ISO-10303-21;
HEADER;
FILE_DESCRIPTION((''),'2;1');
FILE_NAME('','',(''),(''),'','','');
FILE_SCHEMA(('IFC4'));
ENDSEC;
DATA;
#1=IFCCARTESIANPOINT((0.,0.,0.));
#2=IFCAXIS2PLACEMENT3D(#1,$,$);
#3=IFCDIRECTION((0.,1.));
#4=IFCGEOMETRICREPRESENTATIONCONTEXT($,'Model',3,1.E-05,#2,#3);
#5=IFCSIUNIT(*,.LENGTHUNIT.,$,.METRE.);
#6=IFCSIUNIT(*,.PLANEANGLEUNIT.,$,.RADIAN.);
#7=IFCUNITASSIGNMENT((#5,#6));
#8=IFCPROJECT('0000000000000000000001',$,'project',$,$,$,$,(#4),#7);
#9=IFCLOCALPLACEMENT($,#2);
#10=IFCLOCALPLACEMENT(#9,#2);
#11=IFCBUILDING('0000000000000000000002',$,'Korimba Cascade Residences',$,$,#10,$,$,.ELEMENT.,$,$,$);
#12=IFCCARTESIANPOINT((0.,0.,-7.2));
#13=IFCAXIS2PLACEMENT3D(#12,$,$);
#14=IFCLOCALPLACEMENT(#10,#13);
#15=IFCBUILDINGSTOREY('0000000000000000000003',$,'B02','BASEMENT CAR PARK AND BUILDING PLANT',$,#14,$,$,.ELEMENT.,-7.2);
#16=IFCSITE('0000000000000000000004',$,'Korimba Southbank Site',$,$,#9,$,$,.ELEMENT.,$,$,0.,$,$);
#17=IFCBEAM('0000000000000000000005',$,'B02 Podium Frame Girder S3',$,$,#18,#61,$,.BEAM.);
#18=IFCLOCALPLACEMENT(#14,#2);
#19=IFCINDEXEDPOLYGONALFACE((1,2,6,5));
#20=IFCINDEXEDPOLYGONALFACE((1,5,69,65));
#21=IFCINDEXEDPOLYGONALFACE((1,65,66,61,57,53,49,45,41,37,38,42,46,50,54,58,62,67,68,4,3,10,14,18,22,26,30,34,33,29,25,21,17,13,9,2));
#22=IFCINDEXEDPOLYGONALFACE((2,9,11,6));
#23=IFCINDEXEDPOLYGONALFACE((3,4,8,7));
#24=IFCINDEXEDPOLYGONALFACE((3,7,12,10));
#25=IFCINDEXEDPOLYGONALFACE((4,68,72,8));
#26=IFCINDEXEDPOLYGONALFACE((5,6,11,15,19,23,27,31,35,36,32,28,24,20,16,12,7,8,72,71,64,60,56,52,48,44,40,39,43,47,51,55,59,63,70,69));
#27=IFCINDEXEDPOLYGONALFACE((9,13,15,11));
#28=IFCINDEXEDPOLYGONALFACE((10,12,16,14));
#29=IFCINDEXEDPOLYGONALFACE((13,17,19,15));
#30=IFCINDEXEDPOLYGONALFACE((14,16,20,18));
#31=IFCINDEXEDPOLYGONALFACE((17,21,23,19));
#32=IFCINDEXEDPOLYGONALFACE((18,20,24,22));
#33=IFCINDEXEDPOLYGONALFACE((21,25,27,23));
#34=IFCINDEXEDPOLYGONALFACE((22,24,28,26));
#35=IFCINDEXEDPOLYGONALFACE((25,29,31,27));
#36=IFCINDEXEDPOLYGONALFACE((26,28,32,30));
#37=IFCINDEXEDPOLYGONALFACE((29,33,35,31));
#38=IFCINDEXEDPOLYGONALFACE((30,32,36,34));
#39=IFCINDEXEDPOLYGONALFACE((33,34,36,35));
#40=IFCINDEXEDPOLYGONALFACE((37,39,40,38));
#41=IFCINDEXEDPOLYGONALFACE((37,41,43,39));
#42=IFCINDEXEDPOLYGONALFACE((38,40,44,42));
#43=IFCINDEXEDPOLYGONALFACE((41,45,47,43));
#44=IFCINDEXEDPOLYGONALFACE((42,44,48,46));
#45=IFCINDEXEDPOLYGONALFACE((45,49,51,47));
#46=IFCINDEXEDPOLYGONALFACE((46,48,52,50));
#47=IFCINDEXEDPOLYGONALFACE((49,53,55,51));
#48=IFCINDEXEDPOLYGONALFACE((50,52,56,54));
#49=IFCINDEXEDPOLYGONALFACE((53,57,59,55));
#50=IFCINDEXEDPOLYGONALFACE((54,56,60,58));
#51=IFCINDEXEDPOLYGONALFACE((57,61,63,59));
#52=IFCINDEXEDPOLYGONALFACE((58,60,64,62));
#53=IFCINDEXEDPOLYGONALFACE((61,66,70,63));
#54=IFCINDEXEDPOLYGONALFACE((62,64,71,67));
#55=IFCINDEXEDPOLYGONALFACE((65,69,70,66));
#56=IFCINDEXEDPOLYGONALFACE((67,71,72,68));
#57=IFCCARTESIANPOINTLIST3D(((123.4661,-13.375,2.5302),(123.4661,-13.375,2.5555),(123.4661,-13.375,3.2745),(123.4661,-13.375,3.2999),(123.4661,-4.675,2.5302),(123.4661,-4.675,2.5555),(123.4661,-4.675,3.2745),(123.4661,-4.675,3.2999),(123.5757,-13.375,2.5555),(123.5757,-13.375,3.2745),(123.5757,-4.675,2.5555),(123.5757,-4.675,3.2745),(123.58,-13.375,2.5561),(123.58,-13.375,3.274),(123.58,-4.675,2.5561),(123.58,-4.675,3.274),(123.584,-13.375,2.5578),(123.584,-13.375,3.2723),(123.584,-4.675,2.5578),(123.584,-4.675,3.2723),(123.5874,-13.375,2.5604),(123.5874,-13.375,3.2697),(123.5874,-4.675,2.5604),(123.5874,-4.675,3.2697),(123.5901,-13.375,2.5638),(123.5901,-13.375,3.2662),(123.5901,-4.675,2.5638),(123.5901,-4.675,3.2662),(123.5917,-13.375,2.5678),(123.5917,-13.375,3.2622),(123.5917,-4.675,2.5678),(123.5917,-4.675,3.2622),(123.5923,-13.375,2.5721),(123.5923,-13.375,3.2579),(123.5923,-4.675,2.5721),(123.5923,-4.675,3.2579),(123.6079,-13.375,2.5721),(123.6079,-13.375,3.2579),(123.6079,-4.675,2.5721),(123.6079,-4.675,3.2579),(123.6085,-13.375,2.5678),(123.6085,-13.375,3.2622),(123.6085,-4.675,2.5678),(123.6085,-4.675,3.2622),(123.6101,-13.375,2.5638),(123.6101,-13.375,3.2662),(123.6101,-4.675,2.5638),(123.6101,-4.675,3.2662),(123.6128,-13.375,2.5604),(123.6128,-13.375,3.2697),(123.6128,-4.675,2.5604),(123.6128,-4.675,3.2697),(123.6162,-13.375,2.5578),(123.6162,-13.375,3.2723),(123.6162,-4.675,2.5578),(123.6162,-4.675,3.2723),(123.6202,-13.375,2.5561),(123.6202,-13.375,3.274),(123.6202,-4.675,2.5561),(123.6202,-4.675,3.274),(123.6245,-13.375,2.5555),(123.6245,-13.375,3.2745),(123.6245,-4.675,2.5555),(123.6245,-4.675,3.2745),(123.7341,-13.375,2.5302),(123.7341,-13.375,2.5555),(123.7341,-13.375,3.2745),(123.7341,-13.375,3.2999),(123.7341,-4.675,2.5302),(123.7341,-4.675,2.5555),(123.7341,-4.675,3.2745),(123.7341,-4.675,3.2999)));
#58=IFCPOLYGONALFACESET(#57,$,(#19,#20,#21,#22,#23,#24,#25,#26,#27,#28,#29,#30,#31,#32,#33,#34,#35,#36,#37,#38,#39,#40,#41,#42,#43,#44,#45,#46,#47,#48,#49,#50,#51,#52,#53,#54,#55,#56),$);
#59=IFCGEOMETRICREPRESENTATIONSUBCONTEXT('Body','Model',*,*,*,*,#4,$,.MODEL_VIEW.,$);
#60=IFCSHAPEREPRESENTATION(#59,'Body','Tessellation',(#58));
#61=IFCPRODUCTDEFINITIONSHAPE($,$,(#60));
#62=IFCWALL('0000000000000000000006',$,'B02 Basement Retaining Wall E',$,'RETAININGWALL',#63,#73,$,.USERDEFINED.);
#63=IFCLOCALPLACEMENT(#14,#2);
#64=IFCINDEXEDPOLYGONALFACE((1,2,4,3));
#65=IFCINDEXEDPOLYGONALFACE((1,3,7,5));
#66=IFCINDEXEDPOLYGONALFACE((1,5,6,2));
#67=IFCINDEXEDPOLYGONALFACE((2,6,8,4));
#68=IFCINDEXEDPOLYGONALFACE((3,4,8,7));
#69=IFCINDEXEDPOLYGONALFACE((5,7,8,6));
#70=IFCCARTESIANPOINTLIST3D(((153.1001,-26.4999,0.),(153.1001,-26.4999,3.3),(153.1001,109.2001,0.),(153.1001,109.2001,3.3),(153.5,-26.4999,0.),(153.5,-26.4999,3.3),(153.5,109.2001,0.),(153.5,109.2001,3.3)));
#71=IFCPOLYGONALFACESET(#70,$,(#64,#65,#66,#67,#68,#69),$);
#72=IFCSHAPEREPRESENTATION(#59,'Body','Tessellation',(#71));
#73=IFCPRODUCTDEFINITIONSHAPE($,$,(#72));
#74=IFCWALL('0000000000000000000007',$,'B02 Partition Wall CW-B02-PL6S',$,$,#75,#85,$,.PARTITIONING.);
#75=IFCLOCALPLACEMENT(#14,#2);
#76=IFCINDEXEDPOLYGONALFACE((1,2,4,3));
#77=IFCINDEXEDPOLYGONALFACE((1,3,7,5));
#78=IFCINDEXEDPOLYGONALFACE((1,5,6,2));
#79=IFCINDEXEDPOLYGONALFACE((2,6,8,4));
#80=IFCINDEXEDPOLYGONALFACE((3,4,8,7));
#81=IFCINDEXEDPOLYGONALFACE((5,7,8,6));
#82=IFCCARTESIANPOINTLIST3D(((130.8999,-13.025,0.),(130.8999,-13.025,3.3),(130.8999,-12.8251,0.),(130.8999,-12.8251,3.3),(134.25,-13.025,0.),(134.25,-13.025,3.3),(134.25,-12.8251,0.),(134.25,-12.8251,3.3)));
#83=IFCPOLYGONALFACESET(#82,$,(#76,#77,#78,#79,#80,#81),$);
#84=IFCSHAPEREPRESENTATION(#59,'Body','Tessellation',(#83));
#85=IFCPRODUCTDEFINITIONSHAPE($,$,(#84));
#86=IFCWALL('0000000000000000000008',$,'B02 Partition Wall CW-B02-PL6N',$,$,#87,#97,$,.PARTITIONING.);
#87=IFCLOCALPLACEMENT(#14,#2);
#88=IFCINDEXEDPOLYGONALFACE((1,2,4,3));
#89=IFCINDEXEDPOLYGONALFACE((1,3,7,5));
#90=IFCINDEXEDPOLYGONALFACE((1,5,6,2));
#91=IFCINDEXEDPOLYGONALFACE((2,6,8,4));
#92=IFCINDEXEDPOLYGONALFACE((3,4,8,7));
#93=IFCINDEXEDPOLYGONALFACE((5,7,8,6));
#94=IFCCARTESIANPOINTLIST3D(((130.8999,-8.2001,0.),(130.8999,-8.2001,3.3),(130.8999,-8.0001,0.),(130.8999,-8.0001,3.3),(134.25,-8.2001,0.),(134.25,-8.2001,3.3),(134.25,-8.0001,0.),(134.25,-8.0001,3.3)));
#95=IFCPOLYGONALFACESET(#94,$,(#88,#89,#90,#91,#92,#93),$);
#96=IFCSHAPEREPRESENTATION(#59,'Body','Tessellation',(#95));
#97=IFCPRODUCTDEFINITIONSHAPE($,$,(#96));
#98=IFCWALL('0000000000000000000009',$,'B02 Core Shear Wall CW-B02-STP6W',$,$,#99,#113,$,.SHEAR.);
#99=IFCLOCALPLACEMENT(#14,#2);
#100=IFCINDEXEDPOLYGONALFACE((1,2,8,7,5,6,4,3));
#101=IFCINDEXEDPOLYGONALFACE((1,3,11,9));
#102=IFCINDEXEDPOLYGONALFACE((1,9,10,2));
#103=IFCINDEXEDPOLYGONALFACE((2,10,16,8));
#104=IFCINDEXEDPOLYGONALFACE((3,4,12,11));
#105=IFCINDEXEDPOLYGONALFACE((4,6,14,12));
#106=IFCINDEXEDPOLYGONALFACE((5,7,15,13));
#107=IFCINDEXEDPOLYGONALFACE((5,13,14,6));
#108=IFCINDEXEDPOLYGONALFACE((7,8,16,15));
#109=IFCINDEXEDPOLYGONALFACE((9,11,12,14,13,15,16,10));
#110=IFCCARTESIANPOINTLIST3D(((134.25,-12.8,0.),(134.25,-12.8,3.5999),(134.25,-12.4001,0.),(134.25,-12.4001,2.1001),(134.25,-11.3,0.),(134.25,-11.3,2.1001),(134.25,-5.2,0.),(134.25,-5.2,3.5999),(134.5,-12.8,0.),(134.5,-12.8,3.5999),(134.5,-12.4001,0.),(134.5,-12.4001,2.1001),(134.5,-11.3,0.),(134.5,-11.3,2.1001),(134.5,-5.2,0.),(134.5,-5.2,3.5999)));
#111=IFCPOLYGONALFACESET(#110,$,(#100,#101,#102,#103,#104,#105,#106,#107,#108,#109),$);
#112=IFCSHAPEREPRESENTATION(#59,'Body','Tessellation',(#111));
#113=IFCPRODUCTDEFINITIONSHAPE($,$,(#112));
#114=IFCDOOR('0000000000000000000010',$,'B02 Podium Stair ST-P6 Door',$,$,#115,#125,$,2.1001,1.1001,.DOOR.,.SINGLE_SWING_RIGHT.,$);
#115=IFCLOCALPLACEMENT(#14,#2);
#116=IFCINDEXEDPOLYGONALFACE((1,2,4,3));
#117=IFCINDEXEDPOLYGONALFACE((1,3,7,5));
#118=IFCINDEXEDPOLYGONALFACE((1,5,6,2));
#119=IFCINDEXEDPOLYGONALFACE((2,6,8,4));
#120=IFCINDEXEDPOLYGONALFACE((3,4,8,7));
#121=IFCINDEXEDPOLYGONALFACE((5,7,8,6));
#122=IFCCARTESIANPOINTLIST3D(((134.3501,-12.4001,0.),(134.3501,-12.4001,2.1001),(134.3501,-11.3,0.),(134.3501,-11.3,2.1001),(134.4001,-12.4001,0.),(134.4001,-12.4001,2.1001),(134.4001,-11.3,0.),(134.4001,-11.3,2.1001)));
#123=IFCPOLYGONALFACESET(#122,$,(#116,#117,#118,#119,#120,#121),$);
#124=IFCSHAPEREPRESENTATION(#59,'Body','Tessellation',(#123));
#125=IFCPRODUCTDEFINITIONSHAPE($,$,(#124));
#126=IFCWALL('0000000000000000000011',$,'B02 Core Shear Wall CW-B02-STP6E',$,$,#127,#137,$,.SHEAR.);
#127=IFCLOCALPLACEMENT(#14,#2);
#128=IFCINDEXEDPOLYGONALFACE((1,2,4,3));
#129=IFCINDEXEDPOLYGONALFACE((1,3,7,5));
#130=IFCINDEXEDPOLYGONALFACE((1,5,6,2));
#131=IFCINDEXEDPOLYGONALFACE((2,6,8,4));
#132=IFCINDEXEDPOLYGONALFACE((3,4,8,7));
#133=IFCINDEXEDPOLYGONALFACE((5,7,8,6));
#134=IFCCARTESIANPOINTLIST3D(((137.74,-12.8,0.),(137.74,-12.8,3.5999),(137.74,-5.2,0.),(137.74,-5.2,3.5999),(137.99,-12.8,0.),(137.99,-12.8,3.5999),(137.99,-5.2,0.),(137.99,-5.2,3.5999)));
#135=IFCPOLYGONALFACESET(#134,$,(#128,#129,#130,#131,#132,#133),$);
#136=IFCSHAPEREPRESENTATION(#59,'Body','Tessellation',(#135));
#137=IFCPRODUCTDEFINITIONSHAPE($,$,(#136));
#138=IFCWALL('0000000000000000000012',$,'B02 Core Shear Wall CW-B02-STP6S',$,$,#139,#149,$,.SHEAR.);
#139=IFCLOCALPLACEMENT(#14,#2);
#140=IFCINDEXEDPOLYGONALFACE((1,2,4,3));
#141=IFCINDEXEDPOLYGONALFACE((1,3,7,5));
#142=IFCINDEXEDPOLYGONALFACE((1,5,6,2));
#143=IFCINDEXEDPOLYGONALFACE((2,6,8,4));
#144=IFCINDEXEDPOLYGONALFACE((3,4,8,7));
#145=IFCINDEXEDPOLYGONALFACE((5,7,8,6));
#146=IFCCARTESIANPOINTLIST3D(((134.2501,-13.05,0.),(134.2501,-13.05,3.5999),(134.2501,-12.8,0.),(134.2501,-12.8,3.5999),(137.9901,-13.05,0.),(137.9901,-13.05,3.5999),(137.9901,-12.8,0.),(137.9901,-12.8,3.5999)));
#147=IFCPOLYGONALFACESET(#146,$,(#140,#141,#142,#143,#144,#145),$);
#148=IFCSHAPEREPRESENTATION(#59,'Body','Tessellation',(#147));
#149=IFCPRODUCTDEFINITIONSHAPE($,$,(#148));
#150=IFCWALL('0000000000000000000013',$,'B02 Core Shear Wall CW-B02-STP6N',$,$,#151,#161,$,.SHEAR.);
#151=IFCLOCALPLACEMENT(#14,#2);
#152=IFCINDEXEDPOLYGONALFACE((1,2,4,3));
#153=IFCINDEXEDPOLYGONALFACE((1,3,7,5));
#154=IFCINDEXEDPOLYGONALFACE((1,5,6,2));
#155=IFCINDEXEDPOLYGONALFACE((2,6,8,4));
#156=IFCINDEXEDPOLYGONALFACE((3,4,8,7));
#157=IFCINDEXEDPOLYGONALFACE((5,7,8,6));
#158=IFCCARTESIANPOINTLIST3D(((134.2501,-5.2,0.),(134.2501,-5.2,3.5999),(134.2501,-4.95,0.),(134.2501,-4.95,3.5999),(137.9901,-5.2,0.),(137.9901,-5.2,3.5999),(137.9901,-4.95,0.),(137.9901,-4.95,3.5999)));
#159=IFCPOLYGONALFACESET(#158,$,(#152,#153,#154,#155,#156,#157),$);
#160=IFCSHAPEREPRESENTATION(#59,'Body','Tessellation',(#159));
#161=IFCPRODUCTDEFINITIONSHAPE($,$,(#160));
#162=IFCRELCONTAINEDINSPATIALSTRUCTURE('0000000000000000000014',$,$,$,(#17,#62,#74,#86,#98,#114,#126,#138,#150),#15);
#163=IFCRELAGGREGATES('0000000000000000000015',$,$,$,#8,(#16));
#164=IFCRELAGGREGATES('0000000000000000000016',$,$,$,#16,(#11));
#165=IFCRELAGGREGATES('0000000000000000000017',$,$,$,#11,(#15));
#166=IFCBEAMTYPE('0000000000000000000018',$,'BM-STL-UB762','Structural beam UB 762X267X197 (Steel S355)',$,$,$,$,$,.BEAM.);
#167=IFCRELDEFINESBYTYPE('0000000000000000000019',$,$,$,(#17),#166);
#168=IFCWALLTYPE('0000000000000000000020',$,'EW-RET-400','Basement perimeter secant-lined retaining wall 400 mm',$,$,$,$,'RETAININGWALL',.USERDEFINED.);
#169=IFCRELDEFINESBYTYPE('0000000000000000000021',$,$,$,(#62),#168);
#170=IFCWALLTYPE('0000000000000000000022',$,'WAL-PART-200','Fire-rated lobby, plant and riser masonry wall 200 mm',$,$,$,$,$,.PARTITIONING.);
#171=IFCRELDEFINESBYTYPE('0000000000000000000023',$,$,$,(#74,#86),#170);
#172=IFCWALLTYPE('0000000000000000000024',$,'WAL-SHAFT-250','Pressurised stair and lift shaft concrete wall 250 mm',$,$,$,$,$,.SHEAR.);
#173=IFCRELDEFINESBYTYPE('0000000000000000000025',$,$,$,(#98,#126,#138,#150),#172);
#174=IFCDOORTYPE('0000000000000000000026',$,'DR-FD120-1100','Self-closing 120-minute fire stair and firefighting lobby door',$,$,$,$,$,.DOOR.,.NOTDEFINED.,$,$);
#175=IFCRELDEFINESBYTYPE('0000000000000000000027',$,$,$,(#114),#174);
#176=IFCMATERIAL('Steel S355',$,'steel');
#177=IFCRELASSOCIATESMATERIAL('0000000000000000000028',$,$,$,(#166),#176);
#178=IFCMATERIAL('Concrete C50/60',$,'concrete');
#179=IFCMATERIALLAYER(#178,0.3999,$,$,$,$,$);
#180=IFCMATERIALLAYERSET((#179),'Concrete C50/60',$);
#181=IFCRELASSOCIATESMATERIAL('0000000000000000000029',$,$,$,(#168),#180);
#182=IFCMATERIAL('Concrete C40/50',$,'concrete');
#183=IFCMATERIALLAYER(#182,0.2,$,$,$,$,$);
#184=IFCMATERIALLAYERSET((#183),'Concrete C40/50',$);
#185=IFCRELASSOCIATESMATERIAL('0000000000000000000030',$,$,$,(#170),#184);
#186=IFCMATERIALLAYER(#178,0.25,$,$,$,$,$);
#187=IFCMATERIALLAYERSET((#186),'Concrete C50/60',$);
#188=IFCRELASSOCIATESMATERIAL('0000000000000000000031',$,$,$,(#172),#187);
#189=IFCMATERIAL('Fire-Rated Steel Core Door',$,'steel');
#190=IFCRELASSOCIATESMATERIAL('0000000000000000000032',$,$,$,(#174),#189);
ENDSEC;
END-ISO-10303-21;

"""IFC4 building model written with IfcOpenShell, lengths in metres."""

from ifc_helpers import new_model, si_unit, direction, frame, frame_2d, origin, origin_2d, place, context, subcontext, project, spatial, rectangle, i_section, extrude, material, layer, layer_set, material_profile, profile_set, type_object, element, fill, save


model = new_model("IFC4")

# Units and contexts
model_context = context("Model", 3, precision=1e-05, world=origin(), true_north=direction((0.0, 1.0)))
body_context = subcontext(model_context, "Body", "Model", "MODEL_VIEW")
ifc_project = project(units=[si_unit("LENGTHUNIT", "METRE"), si_unit("PLANEANGLEUNIT", "RADIAN")], contexts=[model_context])

# Site, building, storey
site_placement = place(None, origin())
site = spatial("IfcSite", under=ifc_project, at=site_placement, Name="Korimba Southbank Site", CompositionType="ELEMENT", RefElevation=0.0)
building_placement = place(site_placement, origin())
building = spatial("IfcBuilding", under=site, at=building_placement, Name="Korimba Cascade Residences", CompositionType="ELEMENT")
storey_placement = place(building_placement, frame((0.0, 0.0, -7.2)))
storey = spatial("IfcBuildingStorey", under=building, at=storey_placement, Name="B02", Description="BASEMENT CAR PARK AND BUILDING PLANT", CompositionType="ELEMENT", Elevation=-7.2)

# Shared definitions
ifc_material_1 = material(Name="Concrete C50/60", Category="concrete")

# Beam
ifc_material_2 = material(Name="Steel S355", Category="steel")
ifc_material_profile_1 = material_profile(ifc_material_2, i_section(OverallWidth=0.2681, OverallDepth=0.7698, WebThickness=0.0156, FlangeThickness=0.0254, FilletRadius=0.0166, at=origin_2d()), Name="Steel S355")
ifc_profile_set_1 = profile_set([ifc_material_profile_1], Name="Steel S355")
beam_type_1 = type_object("IfcBeamType", Name="BM-STL-UB762", Description="Structural beam UB 762X267X197 (Steel S355)", PredefinedType="BEAM", material=ifc_profile_set_1)
beam_1_placement = place(storey_placement, frame((123.6001, -13.375, 2.915), z_axis=(0.0, 1.0, 0.0), x_axis=(-1.0, 0.0, 0.0)))
element("IfcBeam", 1, at=beam_1_placement, inside=storey, type_object=beam_type_1, Name="B02 Podium Frame Girder S3", PredefinedType="BEAM", context=body_context, shape_type="SweptSolid", body=[
    extrude(i_section(OverallWidth=0.2681, OverallDepth=0.7698, WebThickness=0.0156, FlangeThickness=0.0254, FilletRadius=0.0166, at=origin_2d()), origin(), (0.0, 0.0, 1.0), 8.7),
])

# Wall
ifc_layer_1 = layer(ifc_material_1, 0.3999)
ifc_layer_set_1 = layer_set([ifc_layer_1], Name="Concrete C50/60")
wall_type_1 = type_object("IfcWallType", Name="EW-RET-400", Description="Basement perimeter secant-lined retaining wall 400 mm", ElementType="RETAININGWALL", PredefinedType="USERDEFINED", material=ifc_layer_set_1)
wall_1_placement = place(storey_placement, frame((153.3, -26.5, 0.0), z_axis=(0.0, 0.0, 1.0), x_axis=(0.0, 1.0, 0.0)))
element("IfcWall", 2, at=wall_1_placement, inside=storey, type_object=wall_type_1, Name="B02 Basement Retaining Wall E", ObjectType="RETAININGWALL", PredefinedType="USERDEFINED", context=body_context, shape_type="SweptSolid", body=[
    extrude(rectangle(XDim=135.7, YDim=0.3999, at=frame_2d((67.8501, 0.0))), origin(), (0.0, 0.0, 1.0), 3.3),
])

# Shared definitions
ifc_material_3 = material(Name="Concrete C40/50", Category="concrete")
ifc_layer_2 = layer(ifc_material_3, 0.2)
ifc_layer_set_2 = layer_set([ifc_layer_2], Name="Concrete C40/50")
wall_type_2 = type_object("IfcWallType", Name="WAL-PART-200", Description="Fire-rated lobby, plant and riser masonry wall 200 mm", PredefinedType="PARTITIONING", material=ifc_layer_set_2)

# Walls
for number, where, z_axis, x_axis, name in (
    (3, (130.8999, -12.925, 0.0), (0.0, 0.0, 1.0), (1.0, 0.0, 0.0), "B02 Partition Wall CW-B02-PL6S"),
    (4, (130.8999, -8.1001, 0.0), (0.0, 0.0, 1.0), (1.0, 0.0, 0.0), "B02 Partition Wall CW-B02-PL6N"),
):
    element("IfcWall", number, at=place(storey_placement, frame(where, z_axis=z_axis, x_axis=x_axis)), inside=storey, type_object=wall_type_2, Name=name, PredefinedType="PARTITIONING", context=body_context, shape_type="SweptSolid", body=[
        extrude(rectangle(XDim=3.3501, YDim=0.2, at=frame_2d((1.675, 0.0))), origin(), (0.0, 0.0, 1.0), 3.3),
    ])

# Wall, opening, door
ifc_layer_3 = layer(ifc_material_1, 0.25)
ifc_layer_set_3 = layer_set([ifc_layer_3], Name="Concrete C50/60")
wall_type_3 = type_object("IfcWallType", Name="WAL-SHAFT-250", Description="Pressurised stair and lift shaft concrete wall 250 mm", PredefinedType="SHEAR", material=ifc_layer_set_3)
wall_2_placement = place(storey_placement, frame((134.375, -12.8, 0.0), z_axis=(0.0, 0.0, 1.0), x_axis=(0.0, 1.0, 0.0)))
wall_2 = element("IfcWall", 5, at=wall_2_placement, inside=storey, type_object=wall_type_3, Name="B02 Core Shear Wall CW-B02-STP6W", PredefinedType="SHEAR", context=body_context, shape_type="SweptSolid", body=[
    extrude(rectangle(XDim=7.6001, YDim=0.25, at=frame_2d((3.8, 0.0))), origin(), (0.0, 0.0, 1.0), 3.5999),
])
opening_1_placement = place(wall_2_placement, frame((0.3999, 0.0, 0.0)))
opening_1 = element("IfcOpeningElement", 6, at=opening_1_placement, cuts=wall_2, PredefinedType="OPENING", context=body_context, shape_type="SweptSolid", body=[
    extrude(rectangle(XDim=1.1001, YDim=2.1001, at=frame_2d((0.55, 1.05))), frame((0.0, 0.135, 0.0), z_axis=(0.0, -1.0, 0.0), x_axis=(1.0, 0.0, 0.0)), (0.0, 0.0, 1.0), 0.27),
])
ifc_material_4 = material(Name="Fire-Rated Steel Core Door", Category="steel")
door_type_1 = type_object("IfcDoorType", Name="DR-FD120-1100", Description="Self-closing 120-minute fire stair and firefighting lobby door", OperationType="NOTDEFINED", PredefinedType="DOOR", material=ifc_material_4)
door_1_placement = place(opening_1_placement, origin())
door_1 = element("IfcDoor", 7, at=door_1_placement, inside=storey, type_object=door_type_1, Name="B02 Podium Stair ST-P6 Door", OperationType="SINGLE_SWING_RIGHT", OverallHeight=2.1001, OverallWidth=1.1001, PredefinedType="DOOR", context=body_context, shape_type="SweptSolid", body=[
    extrude(rectangle(XDim=1.1001, YDim=2.1001, at=frame_2d((0.55, 1.05))), frame((0.0, 0.0249, 0.0), z_axis=(0.0, -1.0, 0.0), x_axis=(1.0, 0.0, 0.0)), (0.0, 0.0, 1.0), 0.05),
])
fill(opening_1, door_1)

# Walls
wall_3_placement = place(storey_placement, frame((137.865, -12.8, 0.0), z_axis=(0.0, 0.0, 1.0), x_axis=(0.0, 1.0, 0.0)))
element("IfcWall", 8, at=wall_3_placement, inside=storey, type_object=wall_type_3, Name="B02 Core Shear Wall CW-B02-STP6E", PredefinedType="SHEAR", context=body_context, shape_type="SweptSolid", body=[
    extrude(rectangle(XDim=7.6001, YDim=0.25, at=frame_2d((3.8, 0.0))), origin(), (0.0, 0.0, 1.0), 3.5999),
])
for number, where, z_axis, x_axis, name in (
    (9, (134.25, -12.925, 0.0), (0.0, 0.0, 1.0), (1.0, 0.0, 0.0), "B02 Core Shear Wall CW-B02-STP6S"),
    (10, (134.25, -5.075, 0.0), (0.0, 0.0, 1.0), (1.0, 0.0, 0.0), "B02 Core Shear Wall CW-B02-STP6N"),
):
    element("IfcWall", number, at=place(storey_placement, frame(where, z_axis=z_axis, x_axis=x_axis)), inside=storey, type_object=wall_type_3, Name=name, PredefinedType="SHEAR", context=body_context, shape_type="SweptSolid", body=[
        extrude(rectangle(XDim=3.74, YDim=0.25, at=frame_2d((1.8701, 0.0))), origin(), (0.0, 0.0, 1.0), 3.5999),
    ])

save(model, "model.ifc")
